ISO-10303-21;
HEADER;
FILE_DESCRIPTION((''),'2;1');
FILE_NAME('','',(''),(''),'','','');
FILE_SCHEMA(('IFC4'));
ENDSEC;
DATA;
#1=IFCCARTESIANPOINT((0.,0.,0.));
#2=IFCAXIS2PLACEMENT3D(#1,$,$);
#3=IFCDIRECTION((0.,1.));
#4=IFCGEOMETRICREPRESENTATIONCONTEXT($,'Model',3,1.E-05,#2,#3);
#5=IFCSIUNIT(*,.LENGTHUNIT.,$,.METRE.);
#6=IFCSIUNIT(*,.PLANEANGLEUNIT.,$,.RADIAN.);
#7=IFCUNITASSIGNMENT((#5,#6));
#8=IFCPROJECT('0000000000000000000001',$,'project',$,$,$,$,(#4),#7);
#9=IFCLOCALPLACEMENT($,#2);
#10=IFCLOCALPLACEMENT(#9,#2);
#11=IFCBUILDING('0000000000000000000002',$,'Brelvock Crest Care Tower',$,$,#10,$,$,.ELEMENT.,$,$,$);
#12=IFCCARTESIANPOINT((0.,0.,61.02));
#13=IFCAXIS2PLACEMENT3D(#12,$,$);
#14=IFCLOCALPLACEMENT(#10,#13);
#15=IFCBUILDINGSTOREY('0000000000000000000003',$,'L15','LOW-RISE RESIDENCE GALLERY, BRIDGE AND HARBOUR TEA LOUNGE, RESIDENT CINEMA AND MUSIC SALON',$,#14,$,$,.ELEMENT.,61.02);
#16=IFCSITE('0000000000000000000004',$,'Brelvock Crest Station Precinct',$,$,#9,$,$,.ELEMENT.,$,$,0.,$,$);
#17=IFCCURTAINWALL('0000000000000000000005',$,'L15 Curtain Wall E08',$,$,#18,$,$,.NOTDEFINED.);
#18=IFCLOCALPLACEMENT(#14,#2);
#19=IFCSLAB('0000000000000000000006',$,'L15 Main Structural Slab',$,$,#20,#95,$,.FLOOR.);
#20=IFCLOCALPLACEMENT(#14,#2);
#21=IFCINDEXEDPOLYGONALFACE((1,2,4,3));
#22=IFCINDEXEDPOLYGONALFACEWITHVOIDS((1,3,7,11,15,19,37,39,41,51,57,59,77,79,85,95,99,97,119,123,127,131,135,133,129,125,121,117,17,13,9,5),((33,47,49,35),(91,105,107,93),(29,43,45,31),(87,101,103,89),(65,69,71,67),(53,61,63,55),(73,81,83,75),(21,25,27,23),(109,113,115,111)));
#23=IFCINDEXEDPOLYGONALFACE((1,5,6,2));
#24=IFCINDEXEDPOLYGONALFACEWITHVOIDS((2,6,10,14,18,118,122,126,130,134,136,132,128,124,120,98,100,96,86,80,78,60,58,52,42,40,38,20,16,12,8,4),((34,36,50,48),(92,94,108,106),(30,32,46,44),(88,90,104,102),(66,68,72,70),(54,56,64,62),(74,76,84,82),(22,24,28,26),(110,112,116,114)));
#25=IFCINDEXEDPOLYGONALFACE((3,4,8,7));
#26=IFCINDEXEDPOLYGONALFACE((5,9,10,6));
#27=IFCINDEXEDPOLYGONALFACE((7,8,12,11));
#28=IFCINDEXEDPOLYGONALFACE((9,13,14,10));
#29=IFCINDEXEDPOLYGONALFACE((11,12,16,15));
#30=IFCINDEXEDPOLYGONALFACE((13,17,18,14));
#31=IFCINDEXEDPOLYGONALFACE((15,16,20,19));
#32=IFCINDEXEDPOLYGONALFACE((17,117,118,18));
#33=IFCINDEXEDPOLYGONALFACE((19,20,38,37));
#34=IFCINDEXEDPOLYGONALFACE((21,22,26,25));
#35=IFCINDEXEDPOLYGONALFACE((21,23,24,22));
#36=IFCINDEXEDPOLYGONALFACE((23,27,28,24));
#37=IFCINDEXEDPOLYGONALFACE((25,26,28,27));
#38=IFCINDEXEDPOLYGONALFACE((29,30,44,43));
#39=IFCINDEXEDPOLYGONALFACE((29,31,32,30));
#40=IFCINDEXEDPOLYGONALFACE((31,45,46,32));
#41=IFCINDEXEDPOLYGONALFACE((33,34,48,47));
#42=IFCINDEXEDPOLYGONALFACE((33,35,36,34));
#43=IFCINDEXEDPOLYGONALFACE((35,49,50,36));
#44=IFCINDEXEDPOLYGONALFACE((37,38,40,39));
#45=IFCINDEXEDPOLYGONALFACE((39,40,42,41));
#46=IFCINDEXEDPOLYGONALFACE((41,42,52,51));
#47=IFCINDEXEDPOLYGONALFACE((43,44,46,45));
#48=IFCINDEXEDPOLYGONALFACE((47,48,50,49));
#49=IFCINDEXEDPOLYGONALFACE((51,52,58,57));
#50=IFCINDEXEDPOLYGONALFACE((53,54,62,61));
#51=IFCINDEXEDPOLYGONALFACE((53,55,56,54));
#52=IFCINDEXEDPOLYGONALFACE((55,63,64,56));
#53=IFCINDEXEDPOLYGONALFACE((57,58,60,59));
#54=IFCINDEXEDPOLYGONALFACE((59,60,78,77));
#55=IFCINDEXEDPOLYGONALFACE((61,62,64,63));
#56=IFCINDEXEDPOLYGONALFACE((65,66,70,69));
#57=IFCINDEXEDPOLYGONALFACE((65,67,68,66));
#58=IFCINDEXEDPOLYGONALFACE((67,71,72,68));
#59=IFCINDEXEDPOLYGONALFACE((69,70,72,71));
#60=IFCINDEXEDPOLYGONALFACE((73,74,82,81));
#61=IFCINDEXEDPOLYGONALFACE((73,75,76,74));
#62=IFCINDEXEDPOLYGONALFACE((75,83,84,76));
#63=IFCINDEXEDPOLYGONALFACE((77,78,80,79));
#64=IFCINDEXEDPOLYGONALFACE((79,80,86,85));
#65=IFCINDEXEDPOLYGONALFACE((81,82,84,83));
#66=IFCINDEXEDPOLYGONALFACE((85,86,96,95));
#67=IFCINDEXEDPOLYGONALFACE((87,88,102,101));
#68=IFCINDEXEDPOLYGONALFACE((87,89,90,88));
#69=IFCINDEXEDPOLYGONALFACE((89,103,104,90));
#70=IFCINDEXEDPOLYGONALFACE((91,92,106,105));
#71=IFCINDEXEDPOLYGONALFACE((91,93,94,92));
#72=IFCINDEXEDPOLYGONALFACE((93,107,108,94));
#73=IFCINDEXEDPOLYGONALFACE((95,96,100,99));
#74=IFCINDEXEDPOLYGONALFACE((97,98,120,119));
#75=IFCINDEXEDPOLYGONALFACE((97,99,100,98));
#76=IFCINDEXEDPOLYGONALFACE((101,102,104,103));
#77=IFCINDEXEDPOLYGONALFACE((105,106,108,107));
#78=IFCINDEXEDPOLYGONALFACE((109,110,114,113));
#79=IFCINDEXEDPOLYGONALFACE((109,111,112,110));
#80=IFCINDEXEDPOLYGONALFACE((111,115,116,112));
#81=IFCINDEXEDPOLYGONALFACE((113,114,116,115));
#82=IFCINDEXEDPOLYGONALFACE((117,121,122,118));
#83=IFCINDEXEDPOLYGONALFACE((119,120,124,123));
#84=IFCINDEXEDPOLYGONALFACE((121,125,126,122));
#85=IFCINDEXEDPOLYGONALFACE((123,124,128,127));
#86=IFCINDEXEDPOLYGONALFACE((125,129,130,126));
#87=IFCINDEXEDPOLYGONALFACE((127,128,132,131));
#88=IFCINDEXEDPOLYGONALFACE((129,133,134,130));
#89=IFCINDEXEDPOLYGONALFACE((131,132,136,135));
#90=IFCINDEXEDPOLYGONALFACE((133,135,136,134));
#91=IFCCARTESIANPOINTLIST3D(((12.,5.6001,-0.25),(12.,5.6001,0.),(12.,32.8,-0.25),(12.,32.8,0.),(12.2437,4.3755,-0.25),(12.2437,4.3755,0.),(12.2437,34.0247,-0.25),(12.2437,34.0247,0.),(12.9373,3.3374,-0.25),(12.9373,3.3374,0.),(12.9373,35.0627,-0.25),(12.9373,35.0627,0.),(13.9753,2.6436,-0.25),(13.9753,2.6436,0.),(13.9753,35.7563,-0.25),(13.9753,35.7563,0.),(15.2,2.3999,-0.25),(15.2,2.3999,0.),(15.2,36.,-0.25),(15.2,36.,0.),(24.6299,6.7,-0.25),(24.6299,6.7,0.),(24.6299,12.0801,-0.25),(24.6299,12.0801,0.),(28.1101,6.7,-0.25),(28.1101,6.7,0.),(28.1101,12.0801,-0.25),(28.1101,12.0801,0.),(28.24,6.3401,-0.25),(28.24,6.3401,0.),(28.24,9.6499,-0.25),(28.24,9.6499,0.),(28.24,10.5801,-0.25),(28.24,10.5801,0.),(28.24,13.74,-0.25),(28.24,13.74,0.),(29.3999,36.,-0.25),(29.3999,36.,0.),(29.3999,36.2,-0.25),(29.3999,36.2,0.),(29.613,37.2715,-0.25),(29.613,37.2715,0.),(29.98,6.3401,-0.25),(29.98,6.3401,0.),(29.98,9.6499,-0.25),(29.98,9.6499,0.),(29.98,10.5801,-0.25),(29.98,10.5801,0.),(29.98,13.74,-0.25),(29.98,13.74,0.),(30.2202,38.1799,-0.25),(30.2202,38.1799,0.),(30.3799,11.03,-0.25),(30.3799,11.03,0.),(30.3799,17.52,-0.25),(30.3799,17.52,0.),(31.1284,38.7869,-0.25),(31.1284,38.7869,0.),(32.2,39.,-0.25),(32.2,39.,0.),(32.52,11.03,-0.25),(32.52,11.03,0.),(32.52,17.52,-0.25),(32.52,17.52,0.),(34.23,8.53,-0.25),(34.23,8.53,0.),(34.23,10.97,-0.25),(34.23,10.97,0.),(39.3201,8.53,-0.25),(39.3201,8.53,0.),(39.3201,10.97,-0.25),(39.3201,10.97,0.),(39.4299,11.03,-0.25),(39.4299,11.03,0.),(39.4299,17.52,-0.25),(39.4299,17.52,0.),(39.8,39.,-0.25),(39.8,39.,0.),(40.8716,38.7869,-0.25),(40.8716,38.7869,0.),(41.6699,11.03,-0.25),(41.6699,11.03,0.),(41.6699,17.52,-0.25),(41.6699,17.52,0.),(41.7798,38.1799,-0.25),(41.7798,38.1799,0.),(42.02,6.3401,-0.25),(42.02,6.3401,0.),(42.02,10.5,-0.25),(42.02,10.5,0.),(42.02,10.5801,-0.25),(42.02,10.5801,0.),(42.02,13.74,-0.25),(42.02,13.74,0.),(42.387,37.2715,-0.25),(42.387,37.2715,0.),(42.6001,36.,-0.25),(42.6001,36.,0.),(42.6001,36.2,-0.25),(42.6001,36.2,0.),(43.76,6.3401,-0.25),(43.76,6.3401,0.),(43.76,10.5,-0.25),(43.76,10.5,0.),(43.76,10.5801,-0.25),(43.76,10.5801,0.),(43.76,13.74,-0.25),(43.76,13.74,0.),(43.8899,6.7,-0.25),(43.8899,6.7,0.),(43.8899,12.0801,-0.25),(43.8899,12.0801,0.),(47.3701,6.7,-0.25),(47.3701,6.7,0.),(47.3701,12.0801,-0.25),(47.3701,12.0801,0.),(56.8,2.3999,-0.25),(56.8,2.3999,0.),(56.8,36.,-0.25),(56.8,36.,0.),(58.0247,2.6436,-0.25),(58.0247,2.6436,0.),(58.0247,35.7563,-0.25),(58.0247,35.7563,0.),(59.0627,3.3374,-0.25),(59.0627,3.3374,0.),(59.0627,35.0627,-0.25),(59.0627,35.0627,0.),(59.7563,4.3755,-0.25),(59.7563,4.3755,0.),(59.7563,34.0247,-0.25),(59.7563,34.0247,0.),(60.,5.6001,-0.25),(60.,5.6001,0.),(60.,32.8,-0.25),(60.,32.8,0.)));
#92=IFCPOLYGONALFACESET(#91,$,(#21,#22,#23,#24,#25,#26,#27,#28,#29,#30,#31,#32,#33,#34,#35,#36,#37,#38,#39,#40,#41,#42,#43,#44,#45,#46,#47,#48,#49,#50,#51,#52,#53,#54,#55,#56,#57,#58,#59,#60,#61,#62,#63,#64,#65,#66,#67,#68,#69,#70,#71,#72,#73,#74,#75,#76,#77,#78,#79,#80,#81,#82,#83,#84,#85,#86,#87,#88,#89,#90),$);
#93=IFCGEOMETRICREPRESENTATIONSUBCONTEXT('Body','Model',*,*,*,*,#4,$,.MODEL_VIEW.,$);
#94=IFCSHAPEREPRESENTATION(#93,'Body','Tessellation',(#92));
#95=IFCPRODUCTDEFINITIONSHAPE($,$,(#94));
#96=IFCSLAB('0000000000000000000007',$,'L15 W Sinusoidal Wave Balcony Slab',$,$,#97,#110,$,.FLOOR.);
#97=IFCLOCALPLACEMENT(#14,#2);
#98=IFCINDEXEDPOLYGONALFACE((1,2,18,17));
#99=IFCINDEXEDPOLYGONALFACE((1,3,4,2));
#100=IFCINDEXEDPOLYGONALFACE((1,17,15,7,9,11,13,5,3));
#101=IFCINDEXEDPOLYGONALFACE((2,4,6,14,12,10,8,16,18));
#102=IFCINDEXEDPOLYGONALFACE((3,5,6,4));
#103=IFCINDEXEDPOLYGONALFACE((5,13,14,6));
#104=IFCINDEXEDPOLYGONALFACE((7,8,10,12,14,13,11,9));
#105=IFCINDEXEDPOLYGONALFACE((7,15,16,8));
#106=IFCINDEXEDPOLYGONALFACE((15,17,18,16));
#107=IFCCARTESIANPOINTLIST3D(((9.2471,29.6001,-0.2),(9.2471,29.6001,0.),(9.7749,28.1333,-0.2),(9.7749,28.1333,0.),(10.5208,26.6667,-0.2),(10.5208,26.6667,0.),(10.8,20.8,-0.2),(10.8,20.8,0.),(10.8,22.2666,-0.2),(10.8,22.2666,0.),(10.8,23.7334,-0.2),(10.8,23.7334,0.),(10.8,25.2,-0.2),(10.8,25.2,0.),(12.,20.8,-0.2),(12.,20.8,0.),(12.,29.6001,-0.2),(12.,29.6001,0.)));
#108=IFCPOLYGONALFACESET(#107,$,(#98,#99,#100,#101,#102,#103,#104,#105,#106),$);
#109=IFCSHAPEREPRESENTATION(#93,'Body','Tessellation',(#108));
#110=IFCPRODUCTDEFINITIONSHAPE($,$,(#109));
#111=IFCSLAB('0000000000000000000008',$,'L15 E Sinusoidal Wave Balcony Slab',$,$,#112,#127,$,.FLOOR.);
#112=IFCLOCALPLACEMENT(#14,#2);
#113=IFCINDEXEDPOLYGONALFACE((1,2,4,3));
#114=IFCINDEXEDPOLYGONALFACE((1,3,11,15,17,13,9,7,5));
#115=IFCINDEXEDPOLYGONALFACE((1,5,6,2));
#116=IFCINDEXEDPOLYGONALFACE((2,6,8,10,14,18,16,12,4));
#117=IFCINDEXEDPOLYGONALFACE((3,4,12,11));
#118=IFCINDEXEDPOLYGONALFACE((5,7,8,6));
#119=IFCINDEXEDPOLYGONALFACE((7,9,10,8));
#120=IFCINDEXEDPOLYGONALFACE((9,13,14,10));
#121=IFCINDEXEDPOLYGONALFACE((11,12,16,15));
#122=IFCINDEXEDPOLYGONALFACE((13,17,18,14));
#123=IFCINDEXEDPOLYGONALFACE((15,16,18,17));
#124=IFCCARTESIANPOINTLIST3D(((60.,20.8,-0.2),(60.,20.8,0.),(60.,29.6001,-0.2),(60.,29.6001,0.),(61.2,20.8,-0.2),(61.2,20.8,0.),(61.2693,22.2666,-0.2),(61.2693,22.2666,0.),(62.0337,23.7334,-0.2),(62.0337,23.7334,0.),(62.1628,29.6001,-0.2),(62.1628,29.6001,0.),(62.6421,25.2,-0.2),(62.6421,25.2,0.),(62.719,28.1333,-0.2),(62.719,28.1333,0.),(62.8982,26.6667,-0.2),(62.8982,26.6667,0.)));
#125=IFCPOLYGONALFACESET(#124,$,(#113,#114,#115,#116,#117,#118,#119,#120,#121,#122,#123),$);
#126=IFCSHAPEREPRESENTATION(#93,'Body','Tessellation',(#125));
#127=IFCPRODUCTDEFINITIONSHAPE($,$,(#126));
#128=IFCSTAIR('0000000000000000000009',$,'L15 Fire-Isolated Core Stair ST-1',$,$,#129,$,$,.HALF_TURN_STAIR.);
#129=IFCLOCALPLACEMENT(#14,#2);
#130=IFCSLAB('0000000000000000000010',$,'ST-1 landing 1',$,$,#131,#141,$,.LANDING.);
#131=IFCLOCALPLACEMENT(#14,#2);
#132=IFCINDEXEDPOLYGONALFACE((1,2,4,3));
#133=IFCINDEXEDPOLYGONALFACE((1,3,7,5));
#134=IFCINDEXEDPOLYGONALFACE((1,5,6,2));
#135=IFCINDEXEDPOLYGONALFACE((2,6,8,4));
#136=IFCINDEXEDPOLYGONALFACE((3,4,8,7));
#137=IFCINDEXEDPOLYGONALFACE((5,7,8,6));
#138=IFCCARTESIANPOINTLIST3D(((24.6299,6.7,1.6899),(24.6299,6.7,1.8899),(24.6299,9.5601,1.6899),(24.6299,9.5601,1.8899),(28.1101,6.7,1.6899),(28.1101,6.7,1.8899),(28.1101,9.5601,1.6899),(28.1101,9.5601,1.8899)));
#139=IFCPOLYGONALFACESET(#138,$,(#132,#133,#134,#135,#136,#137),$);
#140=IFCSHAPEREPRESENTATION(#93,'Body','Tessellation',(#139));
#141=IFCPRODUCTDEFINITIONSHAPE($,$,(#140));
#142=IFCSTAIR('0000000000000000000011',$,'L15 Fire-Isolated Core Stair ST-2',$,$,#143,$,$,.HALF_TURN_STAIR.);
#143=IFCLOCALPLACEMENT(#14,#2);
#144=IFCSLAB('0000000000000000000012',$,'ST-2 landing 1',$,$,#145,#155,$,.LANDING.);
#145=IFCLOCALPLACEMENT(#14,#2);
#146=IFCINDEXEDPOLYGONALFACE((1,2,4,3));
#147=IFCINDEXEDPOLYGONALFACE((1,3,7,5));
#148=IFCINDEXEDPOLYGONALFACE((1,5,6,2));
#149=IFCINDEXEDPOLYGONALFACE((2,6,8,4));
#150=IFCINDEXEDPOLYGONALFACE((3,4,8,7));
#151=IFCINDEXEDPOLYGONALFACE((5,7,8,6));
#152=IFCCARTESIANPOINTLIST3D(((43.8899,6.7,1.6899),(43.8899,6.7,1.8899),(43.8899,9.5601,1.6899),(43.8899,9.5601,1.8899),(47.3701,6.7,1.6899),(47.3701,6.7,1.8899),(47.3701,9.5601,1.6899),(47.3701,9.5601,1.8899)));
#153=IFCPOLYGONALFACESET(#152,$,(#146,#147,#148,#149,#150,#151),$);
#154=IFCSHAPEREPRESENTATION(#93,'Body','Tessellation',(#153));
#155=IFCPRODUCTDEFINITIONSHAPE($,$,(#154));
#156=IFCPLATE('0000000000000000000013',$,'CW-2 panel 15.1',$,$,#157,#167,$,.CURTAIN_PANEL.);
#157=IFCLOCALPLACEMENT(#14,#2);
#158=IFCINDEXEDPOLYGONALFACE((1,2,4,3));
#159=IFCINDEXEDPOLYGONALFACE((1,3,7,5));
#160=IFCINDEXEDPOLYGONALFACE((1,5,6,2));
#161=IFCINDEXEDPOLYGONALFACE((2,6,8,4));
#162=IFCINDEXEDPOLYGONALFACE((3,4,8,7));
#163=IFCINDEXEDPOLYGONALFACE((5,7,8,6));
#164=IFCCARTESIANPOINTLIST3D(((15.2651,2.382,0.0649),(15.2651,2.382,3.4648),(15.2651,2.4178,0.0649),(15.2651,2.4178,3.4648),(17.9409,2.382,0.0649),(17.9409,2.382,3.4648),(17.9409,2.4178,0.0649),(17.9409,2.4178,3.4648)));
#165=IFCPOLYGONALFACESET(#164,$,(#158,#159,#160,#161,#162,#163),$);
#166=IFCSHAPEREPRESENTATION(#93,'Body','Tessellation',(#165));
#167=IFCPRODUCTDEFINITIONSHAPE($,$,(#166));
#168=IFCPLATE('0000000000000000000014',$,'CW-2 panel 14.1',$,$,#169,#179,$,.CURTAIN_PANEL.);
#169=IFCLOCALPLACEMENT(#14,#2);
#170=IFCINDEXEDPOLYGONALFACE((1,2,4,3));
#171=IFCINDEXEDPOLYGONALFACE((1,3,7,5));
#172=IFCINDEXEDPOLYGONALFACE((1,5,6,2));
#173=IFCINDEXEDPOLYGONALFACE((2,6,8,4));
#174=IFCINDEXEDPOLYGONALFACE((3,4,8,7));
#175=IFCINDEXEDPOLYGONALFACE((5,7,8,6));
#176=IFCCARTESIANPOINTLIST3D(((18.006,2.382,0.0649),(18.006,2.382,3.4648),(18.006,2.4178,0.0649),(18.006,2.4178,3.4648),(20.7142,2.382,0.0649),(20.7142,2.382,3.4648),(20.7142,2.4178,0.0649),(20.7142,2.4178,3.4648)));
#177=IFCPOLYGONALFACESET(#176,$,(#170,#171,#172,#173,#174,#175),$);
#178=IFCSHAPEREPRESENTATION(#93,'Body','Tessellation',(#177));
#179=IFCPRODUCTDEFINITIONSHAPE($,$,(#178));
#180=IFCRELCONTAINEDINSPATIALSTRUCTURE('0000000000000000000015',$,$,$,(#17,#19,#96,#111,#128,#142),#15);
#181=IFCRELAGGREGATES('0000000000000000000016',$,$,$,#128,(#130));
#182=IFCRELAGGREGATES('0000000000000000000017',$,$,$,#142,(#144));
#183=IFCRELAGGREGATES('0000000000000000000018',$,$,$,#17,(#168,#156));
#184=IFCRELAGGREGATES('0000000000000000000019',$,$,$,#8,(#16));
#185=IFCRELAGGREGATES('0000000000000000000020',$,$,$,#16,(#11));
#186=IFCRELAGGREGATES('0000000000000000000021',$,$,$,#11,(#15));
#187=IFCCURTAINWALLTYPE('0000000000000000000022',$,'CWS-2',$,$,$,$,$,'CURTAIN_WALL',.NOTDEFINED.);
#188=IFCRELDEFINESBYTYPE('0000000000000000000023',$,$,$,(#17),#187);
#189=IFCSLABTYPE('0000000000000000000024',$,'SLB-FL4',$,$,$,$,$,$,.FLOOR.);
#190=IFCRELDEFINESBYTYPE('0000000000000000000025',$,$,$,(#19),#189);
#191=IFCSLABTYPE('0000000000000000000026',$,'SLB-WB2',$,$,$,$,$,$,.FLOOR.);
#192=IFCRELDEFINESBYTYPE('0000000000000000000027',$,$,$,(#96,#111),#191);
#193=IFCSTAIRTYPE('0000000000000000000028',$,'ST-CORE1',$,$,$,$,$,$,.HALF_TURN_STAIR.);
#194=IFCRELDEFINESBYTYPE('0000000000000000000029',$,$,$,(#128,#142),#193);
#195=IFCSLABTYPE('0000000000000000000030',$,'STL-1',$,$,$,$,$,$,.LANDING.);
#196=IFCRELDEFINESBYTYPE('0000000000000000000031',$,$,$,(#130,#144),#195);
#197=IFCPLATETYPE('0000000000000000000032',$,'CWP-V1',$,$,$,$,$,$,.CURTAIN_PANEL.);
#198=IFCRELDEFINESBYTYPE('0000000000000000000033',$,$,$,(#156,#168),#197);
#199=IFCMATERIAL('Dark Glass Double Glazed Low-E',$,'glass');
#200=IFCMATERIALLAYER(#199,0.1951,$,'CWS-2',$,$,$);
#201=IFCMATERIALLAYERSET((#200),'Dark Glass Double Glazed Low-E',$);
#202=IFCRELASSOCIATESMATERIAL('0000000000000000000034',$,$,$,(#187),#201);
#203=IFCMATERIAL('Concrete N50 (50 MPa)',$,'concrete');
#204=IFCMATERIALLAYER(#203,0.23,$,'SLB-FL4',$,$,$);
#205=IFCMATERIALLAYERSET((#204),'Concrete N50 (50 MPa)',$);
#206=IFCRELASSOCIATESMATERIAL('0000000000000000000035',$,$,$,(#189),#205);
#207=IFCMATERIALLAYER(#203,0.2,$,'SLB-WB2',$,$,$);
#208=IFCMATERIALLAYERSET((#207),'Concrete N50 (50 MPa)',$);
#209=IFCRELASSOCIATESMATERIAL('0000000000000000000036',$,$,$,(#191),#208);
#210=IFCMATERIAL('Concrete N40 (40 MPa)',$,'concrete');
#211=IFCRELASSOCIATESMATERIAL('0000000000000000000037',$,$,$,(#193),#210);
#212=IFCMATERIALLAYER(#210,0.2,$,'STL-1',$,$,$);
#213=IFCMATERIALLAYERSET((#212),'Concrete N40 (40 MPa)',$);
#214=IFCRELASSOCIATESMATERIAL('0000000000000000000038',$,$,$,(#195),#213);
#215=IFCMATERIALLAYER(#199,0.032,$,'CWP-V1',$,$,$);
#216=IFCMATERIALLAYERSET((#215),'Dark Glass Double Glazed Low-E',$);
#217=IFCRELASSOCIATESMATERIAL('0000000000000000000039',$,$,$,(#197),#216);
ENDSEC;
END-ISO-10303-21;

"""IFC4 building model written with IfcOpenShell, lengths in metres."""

from ifc_helpers import new_model, si_unit, direction, frame, origin, origin_2d, place, context, subcontext, project, spatial, polyline, rectangle, outline, extrude, source, transform, mapped, material, layer, layer_set, type_object, element, aggregate, save


model = new_model("IFC4")

# Units and contexts
model_context = context("Model", 3, precision=1e-05, world=origin(), true_north=direction((0.0, 1.0)))
body_context = subcontext(model_context, "Body", "Model", "MODEL_VIEW")
ifc_project = project(units=[si_unit("LENGTHUNIT", "METRE"), si_unit("PLANEANGLEUNIT", "RADIAN")], contexts=[model_context])

# Site, building, storey
site_placement = place(None, origin())
site = spatial("IfcSite", under=ifc_project, at=site_placement, Name="Brelvock Crest Station Precinct", CompositionType="ELEMENT", RefElevation=0.0)
building_placement = place(site_placement, origin())
building = spatial("IfcBuilding", under=site, at=building_placement, Name="Brelvock Crest Care Tower", CompositionType="ELEMENT")
storey_placement = place(building_placement, frame((0.0, 0.0, 61.02)))
storey = spatial("IfcBuildingStorey", under=building, at=storey_placement, Name="L15", Description="LOW-RISE RESIDENCE GALLERY, BRIDGE AND HARBOUR TEA LOUNGE, RESIDENT CINEMA AND MUSIC SALON", CompositionType="ELEMENT", Elevation=61.02)

# Curtain wall
ifc_material_1 = material(Name="Dark Glass Double Glazed Low-E", Category="glass")
ifc_layer_1 = layer(ifc_material_1, 0.1951, Name="CWS-2")
ifc_layer_set_1 = layer_set([ifc_layer_1], Name="Dark Glass Double Glazed Low-E")
curtain_wall_type = type_object("IfcCurtainWallType", Name="CWS-2", ElementType="CURTAIN_WALL", PredefinedType="NOTDEFINED", material=ifc_layer_set_1)
curtain_wall_1_placement = place(storey_placement, origin())
curtain_wall_1 = element("IfcCurtainWall", 1, at=curtain_wall_1_placement, inside=storey, type_object=curtain_wall_type, Name="L15 Curtain Wall E08", PredefinedType="NOTDEFINED")

# Slabs
ifc_material_2 = material(Name="Concrete N50 (50 MPa)", Category="concrete")
ifc_layer_2 = layer(ifc_material_2, 0.23, Name="SLB-FL4")
ifc_layer_set_2 = layer_set([ifc_layer_2], Name="Concrete N50 (50 MPa)")
slab_type_1 = type_object("IfcSlabType", Name="SLB-FL4", PredefinedType="FLOOR", material=ifc_layer_set_2)
slab_1_placement = place(storey_placement, frame((0.0, 0.0, -0.25)))
element("IfcSlab", 2, at=slab_1_placement, inside=storey, type_object=slab_type_1, Name="L15 Main Structural Slab", PredefinedType="FLOOR", context=body_context, shape_type="SweptSolid", body=[
    extrude(outline(polyline([(56.8, 36.0), (42.6001, 36.0), (42.6001, 36.2), (42.387, 37.2715), (41.7798, 38.1799), (40.8716, 38.7869), (39.8, 39.0), (32.2, 39.0), (31.1284, 38.7869), (30.2202, 38.1799), (29.613, 37.2715), (29.3999, 36.2), (29.3999, 36.0), (15.2, 36.0), (13.9753, 35.7563), (12.9373, 35.0627), (12.2437, 34.0247), (12.0, 32.8), (12.0, 5.6001), (12.2437, 4.3755), (12.9373, 3.3374), (13.9753, 2.6436), (15.2, 2.3999), (56.8, 2.3999), (58.0247, 2.6436), (59.0627, 3.3374), (59.7563, 4.3755), (60.0, 5.6001), (60.0, 32.8), (59.7563, 34.0247), (59.0627, 35.0627), (58.0247, 35.7563), (56.8, 36.0)]), holes=[polyline([(28.24, 10.5801), (29.98, 10.5801), (29.98, 13.74), (28.24, 13.74), (28.24, 10.5801)]), polyline([(42.02, 10.5801), (43.76, 10.5801), (43.76, 13.74), (42.02, 13.74), (42.02, 10.5801)]), polyline([(28.24, 6.3401), (29.98, 6.3401), (29.98, 9.6499), (28.24, 9.6499), (28.24, 6.3401)]), polyline([(24.6299, 12.0801), (24.6299, 6.7), (28.1101, 6.7), (28.1101, 12.0801), (24.6299, 12.0801)]), polyline([(43.8899, 12.0801), (43.8899, 6.7), (47.3701, 6.7), (47.3701, 12.0801), (43.8899, 12.0801)]), polyline([(42.02, 6.3401), (43.76, 6.3401), (43.76, 10.5), (42.02, 10.5), (42.02, 6.3401)]), polyline([(30.3799, 11.03), (32.52, 11.03), (32.52, 17.52), (30.3799, 17.52), (30.3799, 11.03)]), polyline([(34.23, 8.53), (39.3201, 8.53), (39.3201, 10.97), (34.23, 10.97), (34.23, 8.53)]), polyline([(39.4299, 11.03), (41.6699, 11.03), (41.6699, 17.52), (39.4299, 17.52), (39.4299, 11.03)])]), origin(), (0.0, 0.0, 1.0), 0.25),
])
ifc_layer_3 = layer(ifc_material_2, 0.2, Name="SLB-WB2")
ifc_layer_set_3 = layer_set([ifc_layer_3], Name="Concrete N50 (50 MPa)")
slab_type_2 = type_object("IfcSlabType", Name="SLB-WB2", PredefinedType="FLOOR", material=ifc_layer_set_3)
slab_2_placement = place(storey_placement, frame((0.0, 0.0, -0.2)))
element("IfcSlab", 3, at=slab_2_placement, inside=storey, type_object=slab_type_2, Name="L15 W Sinusoidal Wave Balcony Slab", PredefinedType="FLOOR", context=body_context, shape_type="SweptSolid", body=[
    extrude(outline(polyline([(12.0, 29.6001), (9.2471, 29.6001), (9.7749, 28.1333), (10.5208, 26.6667), (10.8, 25.2), (10.8, 23.7334), (10.8, 22.2666), (10.8, 20.8), (12.0, 20.8), (12.0, 29.6001)])), origin(), (0.0, 0.0, 1.0), 0.2),
])
slab_3_placement = place(storey_placement, frame((0.0, 0.0, -0.2)))
element("IfcSlab", 4, at=slab_3_placement, inside=storey, type_object=slab_type_2, Name="L15 E Sinusoidal Wave Balcony Slab", PredefinedType="FLOOR", context=body_context, shape_type="SweptSolid", body=[
    extrude(outline(polyline([(60.0, 20.8), (61.2, 20.8), (61.2693, 22.2666), (62.0337, 23.7334), (62.6421, 25.2), (62.8982, 26.6667), (62.719, 28.1333), (62.1628, 29.6001), (60.0, 29.6001), (60.0, 20.8)])), origin(), (0.0, 0.0, 1.0), 0.2),
])

# Stairs, slabs
ifc_material_3 = material(Name="Concrete N40 (40 MPa)", Category="concrete")
stair_type = type_object("IfcStairType", Name="ST-CORE1", PredefinedType="HALF_TURN_STAIR", material=ifc_material_3)
stair_1_placement = place(storey_placement, origin())
stair_1 = element("IfcStair", 5, at=stair_1_placement, inside=storey, type_object=stair_type, Name="L15 Fire-Isolated Core Stair ST-1", PredefinedType="HALF_TURN_STAIR")
ifc_layer_4 = layer(ifc_material_3, 0.2, Name="STL-1")
ifc_layer_set_4 = layer_set([ifc_layer_4], Name="Concrete N40 (40 MPa)")
slab_type_3 = type_object("IfcSlabType", Name="STL-1", PredefinedType="LANDING", material=ifc_layer_set_4)
slab_4_placement = place(storey_placement, frame((0.0, 0.0, 1.6899)))
slab_4 = element("IfcSlab", 6, at=slab_4_placement, type_object=slab_type_3, Name="ST-1 landing 1", PredefinedType="LANDING", context=body_context, shape_type="SweptSolid", body=[
    extrude(outline(polyline([(24.6299, 9.5601), (24.6299, 6.7), (28.1101, 6.7), (28.1101, 9.5601), (24.6299, 9.5601)])), origin(), (0.0, 0.0, 1.0), 0.2),
])
aggregate(stair_1, [slab_4])
stair_2_placement = place(storey_placement, origin())
stair_2 = element("IfcStair", 7, at=stair_2_placement, inside=storey, type_object=stair_type, Name="L15 Fire-Isolated Core Stair ST-2", PredefinedType="HALF_TURN_STAIR")
slab_5_placement = place(storey_placement, frame((0.0, 0.0, 1.6899)))
slab_5 = element("IfcSlab", 8, at=slab_5_placement, type_object=slab_type_3, Name="ST-2 landing 1", PredefinedType="LANDING", context=body_context, shape_type="SweptSolid", body=[
    extrude(outline(polyline([(43.8899, 9.5601), (43.8899, 6.7), (47.3701, 6.7), (47.3701, 9.5601), (43.8899, 9.5601)])), origin(), (0.0, 0.0, 1.0), 0.2),
])
aggregate(stair_2, [slab_5])

# Plates
ifc_layer_5 = layer(ifc_material_1, 0.032, Name="CWP-V1")
ifc_layer_set_5 = layer_set([ifc_layer_5], Name="Dark Glass Double Glazed Low-E")
plate_type = type_object("IfcPlateType", Name="CWP-V1", PredefinedType="CURTAIN_PANEL", material=ifc_layer_set_5)
shared_shape_1 = source(origin(), body_context, "Body", "SweptSolid", [
    extrude(rectangle(XDim=2.6758, YDim=0.0359, at=origin_2d()), origin(), (0.0, 0.0, 1.0), 3.3999),
])
plate_1_placement = place(storey_placement, frame((16.603, 2.3999, 0.0649), z_axis=(0.0, 0.0, 1.0), x_axis=(-1.0, 0.0, 0.0)))
plate_1 = element("IfcPlate", 9, at=plate_1_placement, type_object=plate_type, Name="CW-2 panel 15.1", PredefinedType="CURTAIN_PANEL", context=body_context, shape_type="MappedRepresentation", body=[
    mapped(shared_shape_1, transform((0.0, 0.0, 0.0), x_axis=(1.0, 0.0, 0.0), y_axis=(0.0, 1.0, 0.0), z_axis=(0.0, 0.0, 1.0), scale=1.0)),
])
shared_shape_2 = source(origin(), body_context, "Body", "SweptSolid", [
    extrude(rectangle(XDim=2.7083, YDim=0.0359, at=origin_2d()), origin(), (0.0, 0.0, 1.0), 3.3999),
])
plate_2_placement = place(storey_placement, frame((19.3601, 2.3999, 0.0649), z_axis=(0.0, 0.0, 1.0), x_axis=(-1.0, 0.0, 0.0)))
plate_2 = element("IfcPlate", 10, at=plate_2_placement, type_object=plate_type, Name="CW-2 panel 14.1", PredefinedType="CURTAIN_PANEL", context=body_context, shape_type="MappedRepresentation", body=[
    mapped(shared_shape_2, transform((0.0, 0.0, 0.0), x_axis=(1.0, 0.0, 0.0), y_axis=(0.0, 1.0, 0.0), z_axis=(0.0, 0.0, 1.0), scale=1.0)),
])
aggregate(curtain_wall_1, [plate_2, plate_1])

save(model, "model.ifc")
